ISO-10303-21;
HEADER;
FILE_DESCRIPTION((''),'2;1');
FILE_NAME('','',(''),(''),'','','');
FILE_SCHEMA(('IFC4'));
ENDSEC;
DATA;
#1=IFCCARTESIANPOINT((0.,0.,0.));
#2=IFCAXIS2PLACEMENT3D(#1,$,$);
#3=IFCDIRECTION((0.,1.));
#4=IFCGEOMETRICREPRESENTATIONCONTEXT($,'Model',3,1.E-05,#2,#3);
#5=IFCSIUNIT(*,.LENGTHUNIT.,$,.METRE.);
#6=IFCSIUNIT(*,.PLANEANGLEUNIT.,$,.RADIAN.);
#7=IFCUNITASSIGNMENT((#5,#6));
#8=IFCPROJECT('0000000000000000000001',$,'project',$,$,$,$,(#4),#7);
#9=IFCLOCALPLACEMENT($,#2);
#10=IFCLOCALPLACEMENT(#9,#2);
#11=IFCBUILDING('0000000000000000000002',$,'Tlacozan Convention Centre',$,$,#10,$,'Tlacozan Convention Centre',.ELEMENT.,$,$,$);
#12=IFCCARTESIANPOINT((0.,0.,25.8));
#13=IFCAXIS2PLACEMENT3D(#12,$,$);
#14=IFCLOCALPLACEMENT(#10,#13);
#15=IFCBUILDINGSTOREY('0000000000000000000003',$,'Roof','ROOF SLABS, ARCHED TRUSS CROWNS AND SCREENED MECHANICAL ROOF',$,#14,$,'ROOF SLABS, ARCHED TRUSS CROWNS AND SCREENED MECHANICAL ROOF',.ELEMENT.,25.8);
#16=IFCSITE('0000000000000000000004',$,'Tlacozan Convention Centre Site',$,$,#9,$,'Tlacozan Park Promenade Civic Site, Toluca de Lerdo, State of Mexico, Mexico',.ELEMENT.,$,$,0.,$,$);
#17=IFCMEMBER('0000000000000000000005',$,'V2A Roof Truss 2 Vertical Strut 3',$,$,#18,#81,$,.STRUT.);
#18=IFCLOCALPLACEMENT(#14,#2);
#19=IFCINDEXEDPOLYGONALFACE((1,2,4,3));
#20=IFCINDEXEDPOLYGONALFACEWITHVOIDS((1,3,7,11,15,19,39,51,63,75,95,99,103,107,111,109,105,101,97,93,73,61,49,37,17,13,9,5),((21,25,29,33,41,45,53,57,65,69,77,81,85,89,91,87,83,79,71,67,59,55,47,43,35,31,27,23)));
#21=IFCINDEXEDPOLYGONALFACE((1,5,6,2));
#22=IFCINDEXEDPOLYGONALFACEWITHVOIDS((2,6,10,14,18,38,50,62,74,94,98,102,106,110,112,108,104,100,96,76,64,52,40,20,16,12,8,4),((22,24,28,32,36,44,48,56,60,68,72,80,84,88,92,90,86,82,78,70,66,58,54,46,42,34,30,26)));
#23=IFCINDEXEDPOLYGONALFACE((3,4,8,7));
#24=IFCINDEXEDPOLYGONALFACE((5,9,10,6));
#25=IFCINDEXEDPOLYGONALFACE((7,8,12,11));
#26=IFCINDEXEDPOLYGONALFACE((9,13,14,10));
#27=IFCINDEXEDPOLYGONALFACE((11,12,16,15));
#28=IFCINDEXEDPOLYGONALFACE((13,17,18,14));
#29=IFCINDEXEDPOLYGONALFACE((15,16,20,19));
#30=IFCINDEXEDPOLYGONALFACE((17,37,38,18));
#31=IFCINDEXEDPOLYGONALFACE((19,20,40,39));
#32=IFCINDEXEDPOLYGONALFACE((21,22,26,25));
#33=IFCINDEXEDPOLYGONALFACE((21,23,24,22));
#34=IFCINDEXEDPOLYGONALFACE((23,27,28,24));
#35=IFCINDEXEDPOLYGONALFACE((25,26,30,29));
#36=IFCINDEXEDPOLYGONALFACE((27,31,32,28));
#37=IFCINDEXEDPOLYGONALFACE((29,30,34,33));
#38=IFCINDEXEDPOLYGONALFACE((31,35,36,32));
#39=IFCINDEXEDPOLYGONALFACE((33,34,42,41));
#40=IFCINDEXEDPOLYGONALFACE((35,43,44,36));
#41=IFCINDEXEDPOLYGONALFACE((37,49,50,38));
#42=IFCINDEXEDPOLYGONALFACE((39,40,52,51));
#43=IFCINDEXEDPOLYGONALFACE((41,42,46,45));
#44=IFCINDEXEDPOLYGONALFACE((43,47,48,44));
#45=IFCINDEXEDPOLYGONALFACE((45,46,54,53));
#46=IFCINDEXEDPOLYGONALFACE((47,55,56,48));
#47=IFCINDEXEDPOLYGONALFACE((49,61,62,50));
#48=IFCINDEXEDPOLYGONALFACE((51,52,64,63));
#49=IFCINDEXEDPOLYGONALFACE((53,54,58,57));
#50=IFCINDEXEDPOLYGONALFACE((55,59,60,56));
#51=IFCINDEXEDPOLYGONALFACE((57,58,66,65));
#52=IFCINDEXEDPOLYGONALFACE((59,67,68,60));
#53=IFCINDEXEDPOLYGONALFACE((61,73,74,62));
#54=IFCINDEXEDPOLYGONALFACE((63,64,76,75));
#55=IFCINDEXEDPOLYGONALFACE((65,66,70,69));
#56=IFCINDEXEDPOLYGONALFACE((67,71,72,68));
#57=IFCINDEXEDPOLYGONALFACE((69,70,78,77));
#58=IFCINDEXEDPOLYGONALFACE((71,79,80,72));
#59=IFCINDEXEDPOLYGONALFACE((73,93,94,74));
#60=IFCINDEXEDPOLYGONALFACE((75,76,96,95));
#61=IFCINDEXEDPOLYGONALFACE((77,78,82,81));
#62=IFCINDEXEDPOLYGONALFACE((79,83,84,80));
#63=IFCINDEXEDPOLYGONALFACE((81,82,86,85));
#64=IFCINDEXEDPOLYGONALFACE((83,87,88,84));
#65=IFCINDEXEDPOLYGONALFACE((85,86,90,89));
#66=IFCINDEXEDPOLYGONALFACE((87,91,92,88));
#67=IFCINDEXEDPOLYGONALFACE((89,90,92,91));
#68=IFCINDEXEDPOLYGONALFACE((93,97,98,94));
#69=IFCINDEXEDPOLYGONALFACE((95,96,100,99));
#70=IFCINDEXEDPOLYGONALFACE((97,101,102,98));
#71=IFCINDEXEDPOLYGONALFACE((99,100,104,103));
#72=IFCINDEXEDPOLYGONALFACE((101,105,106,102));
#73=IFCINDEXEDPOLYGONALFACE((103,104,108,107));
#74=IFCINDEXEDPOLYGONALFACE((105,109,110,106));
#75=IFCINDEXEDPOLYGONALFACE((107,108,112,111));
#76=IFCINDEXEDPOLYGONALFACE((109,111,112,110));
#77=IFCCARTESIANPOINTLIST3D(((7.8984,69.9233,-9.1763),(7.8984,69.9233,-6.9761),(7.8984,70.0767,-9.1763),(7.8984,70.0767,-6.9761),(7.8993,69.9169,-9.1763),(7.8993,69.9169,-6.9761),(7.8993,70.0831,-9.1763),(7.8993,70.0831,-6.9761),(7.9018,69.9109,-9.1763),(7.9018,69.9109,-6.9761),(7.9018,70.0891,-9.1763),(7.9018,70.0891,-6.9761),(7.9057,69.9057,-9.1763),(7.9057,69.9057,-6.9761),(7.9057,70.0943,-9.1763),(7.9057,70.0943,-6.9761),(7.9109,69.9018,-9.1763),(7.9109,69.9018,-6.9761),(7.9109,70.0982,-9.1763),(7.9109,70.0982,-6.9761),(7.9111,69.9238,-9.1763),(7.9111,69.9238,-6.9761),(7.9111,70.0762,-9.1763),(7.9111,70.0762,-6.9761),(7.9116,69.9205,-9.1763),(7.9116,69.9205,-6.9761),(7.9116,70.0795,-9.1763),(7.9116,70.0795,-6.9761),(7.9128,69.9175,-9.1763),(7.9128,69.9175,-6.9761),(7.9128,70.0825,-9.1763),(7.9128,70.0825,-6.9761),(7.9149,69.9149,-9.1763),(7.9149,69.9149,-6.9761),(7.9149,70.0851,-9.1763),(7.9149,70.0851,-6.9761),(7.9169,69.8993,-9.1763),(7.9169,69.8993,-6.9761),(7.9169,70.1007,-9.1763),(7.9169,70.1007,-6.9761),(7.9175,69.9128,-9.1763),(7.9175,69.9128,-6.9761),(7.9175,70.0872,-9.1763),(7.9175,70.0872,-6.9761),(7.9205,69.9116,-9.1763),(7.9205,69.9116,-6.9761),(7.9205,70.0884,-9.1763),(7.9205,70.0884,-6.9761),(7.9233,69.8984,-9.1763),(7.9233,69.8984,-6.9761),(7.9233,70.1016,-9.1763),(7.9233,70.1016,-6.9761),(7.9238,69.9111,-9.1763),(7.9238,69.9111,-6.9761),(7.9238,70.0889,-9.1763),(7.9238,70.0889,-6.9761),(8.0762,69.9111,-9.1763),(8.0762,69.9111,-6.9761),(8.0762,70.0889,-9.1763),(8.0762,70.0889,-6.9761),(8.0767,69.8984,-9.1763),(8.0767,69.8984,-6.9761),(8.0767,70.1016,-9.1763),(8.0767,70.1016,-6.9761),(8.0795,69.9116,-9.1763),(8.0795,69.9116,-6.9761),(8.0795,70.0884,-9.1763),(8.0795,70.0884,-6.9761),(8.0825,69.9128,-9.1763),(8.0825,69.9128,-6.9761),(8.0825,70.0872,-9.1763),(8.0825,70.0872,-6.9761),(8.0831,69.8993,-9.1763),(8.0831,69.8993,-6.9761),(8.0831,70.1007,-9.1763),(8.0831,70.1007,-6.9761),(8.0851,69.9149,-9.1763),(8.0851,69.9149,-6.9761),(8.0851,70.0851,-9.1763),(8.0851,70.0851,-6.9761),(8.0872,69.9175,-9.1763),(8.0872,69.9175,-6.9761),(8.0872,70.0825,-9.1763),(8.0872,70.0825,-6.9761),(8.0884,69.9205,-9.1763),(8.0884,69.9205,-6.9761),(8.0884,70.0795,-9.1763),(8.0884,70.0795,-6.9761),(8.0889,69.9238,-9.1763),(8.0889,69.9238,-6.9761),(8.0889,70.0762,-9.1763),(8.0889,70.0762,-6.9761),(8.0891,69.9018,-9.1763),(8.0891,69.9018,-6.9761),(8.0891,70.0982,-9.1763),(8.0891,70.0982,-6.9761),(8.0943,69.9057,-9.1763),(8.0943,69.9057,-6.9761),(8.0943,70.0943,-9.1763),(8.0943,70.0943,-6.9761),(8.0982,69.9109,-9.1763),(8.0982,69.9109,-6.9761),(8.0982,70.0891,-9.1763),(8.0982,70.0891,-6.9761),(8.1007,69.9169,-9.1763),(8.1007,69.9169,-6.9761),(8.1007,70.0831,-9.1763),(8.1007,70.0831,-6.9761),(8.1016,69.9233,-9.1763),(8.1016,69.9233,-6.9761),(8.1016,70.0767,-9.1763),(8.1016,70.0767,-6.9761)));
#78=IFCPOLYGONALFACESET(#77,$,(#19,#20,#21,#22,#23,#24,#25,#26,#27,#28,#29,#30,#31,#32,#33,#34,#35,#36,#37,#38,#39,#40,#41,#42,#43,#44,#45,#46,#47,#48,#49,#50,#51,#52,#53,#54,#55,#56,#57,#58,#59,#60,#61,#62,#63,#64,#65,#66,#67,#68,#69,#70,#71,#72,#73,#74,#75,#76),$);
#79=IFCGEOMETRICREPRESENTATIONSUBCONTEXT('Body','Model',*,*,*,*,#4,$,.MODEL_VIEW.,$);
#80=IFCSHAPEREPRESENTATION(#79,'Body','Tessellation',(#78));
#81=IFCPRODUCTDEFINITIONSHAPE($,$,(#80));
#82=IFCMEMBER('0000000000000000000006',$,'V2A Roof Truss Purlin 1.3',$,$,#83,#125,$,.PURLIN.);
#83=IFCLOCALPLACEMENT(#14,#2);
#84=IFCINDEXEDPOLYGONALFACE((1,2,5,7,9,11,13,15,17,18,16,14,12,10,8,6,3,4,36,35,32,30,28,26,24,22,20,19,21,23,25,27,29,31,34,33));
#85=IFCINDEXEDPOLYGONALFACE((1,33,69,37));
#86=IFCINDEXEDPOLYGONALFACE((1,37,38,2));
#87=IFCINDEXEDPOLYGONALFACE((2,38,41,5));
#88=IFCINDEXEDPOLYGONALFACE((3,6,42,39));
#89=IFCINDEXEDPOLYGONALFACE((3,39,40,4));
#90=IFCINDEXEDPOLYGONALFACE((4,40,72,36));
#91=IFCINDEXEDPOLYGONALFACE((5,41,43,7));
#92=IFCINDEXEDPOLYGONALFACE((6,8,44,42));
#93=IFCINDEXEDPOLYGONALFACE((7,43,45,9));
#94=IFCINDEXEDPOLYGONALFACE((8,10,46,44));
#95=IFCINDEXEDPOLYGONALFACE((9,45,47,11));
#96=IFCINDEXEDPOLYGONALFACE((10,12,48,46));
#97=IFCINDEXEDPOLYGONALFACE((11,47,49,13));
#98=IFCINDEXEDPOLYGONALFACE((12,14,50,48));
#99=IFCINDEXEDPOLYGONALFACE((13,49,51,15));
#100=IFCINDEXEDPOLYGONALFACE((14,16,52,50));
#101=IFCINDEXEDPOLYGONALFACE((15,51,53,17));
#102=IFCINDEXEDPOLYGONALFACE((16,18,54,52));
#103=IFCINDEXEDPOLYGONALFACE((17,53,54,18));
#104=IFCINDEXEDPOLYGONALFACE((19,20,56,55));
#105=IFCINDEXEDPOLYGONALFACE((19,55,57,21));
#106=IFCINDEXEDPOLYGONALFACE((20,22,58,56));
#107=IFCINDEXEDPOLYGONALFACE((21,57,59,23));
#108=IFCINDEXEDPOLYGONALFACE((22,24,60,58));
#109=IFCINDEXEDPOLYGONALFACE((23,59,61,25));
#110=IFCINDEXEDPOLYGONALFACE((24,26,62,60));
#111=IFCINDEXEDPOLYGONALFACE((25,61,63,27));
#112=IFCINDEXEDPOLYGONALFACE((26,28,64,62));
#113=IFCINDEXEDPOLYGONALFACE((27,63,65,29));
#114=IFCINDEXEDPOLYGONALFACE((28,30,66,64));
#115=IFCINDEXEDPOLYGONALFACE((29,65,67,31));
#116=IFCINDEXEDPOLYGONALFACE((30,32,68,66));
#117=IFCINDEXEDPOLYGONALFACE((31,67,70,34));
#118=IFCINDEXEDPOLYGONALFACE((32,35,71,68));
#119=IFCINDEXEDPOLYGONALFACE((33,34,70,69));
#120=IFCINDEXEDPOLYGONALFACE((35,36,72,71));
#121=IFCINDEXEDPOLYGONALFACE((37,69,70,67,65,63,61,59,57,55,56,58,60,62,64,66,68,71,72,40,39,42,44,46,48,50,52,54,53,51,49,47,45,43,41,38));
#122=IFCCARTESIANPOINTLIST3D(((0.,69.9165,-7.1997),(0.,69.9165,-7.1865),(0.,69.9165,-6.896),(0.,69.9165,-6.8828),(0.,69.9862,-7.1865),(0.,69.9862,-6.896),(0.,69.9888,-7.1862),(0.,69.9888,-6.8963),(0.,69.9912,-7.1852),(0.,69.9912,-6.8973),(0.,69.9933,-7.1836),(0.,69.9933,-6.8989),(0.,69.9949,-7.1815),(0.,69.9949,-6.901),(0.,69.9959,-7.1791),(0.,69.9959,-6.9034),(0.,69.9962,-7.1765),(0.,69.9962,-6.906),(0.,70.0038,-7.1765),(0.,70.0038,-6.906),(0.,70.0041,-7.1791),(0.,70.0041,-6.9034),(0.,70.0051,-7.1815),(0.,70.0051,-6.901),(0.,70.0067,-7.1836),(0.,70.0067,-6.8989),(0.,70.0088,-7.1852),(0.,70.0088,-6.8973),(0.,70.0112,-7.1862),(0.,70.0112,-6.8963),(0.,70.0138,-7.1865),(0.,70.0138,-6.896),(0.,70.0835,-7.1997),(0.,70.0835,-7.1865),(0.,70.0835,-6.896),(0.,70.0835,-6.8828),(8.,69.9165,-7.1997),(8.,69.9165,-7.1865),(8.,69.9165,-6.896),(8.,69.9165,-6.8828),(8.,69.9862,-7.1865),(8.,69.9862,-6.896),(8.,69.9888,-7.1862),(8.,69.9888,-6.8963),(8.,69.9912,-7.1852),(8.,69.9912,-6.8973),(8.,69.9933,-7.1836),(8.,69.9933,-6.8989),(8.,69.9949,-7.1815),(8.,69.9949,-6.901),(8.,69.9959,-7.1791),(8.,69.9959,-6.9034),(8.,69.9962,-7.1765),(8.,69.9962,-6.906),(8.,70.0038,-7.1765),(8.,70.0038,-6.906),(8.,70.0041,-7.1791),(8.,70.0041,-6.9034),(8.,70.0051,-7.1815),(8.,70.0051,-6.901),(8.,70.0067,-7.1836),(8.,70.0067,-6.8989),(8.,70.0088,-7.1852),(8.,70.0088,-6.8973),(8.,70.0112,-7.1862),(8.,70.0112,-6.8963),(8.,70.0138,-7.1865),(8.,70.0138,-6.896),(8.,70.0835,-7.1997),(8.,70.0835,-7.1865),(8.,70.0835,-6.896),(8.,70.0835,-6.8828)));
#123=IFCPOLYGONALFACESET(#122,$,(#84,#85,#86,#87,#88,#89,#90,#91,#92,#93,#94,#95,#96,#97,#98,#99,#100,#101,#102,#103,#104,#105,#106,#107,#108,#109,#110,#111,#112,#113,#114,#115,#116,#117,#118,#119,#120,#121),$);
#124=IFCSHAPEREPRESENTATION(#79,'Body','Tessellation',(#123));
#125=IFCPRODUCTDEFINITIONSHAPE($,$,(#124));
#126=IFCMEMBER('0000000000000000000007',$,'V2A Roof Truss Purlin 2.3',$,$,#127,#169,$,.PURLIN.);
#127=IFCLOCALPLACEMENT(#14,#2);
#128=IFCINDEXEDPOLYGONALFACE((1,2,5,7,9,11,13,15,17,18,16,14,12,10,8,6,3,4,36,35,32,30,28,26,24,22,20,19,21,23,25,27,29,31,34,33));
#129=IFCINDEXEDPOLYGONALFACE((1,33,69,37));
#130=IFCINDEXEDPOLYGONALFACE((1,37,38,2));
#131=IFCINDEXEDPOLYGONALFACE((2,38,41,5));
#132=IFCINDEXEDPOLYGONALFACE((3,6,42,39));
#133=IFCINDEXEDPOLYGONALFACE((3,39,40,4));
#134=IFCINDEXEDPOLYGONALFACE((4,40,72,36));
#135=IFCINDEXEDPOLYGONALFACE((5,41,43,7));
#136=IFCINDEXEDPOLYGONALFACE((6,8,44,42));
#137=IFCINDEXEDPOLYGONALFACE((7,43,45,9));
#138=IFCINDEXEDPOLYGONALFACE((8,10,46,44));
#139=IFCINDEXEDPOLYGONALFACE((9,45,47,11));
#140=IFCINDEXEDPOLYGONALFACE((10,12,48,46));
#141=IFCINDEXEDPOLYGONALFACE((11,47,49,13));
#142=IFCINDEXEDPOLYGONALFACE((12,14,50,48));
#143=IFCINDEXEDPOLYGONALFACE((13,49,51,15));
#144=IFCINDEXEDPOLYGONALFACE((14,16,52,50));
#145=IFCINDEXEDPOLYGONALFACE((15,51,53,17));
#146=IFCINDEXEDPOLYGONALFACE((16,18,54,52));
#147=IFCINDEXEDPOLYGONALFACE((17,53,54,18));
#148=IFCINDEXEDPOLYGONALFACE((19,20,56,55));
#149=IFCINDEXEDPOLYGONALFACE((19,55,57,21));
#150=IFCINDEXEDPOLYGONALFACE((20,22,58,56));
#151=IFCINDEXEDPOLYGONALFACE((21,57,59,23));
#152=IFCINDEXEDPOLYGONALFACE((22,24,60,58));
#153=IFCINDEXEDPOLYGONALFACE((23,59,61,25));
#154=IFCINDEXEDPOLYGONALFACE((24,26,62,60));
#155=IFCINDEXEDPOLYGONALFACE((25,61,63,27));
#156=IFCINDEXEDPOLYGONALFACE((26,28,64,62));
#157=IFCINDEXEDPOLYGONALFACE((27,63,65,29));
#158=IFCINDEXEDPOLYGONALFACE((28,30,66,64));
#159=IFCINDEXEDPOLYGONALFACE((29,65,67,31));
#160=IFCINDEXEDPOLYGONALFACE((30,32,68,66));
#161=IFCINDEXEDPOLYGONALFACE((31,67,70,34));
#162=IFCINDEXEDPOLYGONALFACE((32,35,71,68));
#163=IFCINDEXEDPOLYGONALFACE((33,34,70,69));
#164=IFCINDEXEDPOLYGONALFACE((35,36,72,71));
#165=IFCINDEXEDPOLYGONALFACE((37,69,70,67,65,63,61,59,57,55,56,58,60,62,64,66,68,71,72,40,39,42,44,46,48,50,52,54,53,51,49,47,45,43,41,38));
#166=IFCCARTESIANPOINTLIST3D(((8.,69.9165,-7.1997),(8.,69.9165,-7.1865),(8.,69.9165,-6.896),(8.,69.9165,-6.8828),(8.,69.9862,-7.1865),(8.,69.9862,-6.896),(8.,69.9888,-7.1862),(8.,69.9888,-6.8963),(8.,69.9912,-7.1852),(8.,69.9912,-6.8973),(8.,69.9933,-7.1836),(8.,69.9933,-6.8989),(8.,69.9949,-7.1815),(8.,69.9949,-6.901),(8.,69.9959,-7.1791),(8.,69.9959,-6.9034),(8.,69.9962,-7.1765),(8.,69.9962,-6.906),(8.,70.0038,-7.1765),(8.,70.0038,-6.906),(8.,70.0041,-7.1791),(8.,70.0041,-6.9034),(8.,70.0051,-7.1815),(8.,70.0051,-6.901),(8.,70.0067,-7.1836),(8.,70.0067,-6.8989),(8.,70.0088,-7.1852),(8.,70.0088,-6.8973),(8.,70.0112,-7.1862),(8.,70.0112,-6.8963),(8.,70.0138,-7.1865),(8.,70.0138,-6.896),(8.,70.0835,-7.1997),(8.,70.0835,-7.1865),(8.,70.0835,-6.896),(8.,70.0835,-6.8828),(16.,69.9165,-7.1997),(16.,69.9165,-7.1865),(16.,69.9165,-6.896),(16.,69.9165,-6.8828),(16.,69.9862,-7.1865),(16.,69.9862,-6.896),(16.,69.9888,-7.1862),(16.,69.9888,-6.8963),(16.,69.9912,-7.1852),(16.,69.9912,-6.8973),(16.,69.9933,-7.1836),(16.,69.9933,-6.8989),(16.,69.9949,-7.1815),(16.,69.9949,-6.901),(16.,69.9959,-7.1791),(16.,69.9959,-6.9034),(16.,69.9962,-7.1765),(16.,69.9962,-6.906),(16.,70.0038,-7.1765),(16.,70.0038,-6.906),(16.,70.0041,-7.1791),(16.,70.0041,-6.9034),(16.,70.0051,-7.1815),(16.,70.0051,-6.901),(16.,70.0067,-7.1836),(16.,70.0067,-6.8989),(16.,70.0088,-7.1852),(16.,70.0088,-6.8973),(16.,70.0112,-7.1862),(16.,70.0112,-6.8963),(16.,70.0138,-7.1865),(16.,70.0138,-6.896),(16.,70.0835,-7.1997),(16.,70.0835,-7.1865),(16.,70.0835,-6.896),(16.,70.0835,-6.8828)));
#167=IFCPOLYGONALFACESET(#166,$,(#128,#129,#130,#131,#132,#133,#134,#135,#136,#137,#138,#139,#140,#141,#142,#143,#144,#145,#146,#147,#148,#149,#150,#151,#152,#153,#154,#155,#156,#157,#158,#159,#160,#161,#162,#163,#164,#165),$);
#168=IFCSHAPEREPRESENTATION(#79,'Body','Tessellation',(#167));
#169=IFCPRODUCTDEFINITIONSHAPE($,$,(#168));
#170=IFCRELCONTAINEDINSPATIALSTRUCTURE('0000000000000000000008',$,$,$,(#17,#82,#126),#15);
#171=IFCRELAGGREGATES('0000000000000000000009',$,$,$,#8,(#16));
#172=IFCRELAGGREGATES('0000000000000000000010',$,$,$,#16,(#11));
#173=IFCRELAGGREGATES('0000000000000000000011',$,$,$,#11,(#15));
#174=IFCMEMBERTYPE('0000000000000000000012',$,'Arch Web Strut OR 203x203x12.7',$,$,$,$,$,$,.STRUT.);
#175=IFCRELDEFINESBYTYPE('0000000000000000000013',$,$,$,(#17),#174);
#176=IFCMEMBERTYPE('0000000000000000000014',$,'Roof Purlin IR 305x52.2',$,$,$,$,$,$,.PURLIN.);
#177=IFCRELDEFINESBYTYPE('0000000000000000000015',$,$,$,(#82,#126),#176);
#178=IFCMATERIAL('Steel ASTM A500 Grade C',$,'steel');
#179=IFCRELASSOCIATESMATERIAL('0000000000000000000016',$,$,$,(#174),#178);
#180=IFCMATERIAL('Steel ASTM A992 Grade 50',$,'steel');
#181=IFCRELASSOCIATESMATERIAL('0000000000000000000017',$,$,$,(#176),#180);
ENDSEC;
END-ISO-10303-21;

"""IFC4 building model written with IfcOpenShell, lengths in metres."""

from ifc_helpers import new_model, si_unit, direction, frame, origin, origin_2d, place, context, subcontext, project, spatial, hollow_rectangle, i_section, extrude, material, material_profile, profile_set, type_object, element, save


model = new_model("IFC4")

# Units and contexts
model_context = context("Model", 3, precision=1e-05, world=origin(), true_north=direction((0.0, 1.0)))
body_context = subcontext(model_context, "Body", "Model", "MODEL_VIEW")
ifc_project = project(units=[si_unit("LENGTHUNIT", "METRE"), si_unit("PLANEANGLEUNIT", "RADIAN")], contexts=[model_context])

# Site, building, storey
site_placement = place(None, origin())
site = spatial("IfcSite", under=ifc_project, at=site_placement, Name="Tlacozan Convention Centre Site", LongName="Tlacozan Park Promenade Civic Site, Toluca de Lerdo, State of Mexico, Mexico", CompositionType="ELEMENT", RefElevation=0.0)
building_placement = place(site_placement, origin())
building = spatial("IfcBuilding", under=site, at=building_placement, Name="Tlacozan Convention Centre", LongName="Tlacozan Convention Centre", CompositionType="ELEMENT")
storey_placement = place(building_placement, frame((0.0, 0.0, 25.8)))
storey = spatial("IfcBuildingStorey", under=building, at=storey_placement, Name="Roof", Description="ROOF SLABS, ARCHED TRUSS CROWNS AND SCREENED MECHANICAL ROOF", LongName="ROOF SLABS, ARCHED TRUSS CROWNS AND SCREENED MECHANICAL ROOF", CompositionType="ELEMENT", Elevation=25.8)

# Members
ifc_material_1 = material(Name="Steel ASTM A500 Grade C", Category="steel")
ifc_material_profile_1 = material_profile(ifc_material_1, hollow_rectangle(XDim=0.2031, YDim=0.2031, WallThickness=0.0127, InnerFilletRadius=0.0127, OuterFilletRadius=0.0249, at=origin_2d()), Name="OR 203x203x12.7")
ifc_profile_set_1 = profile_set([ifc_material_profile_1], Name="Steel ASTM A500 Grade C")
member_type_1 = type_object("IfcMemberType", Name="Arch Web Strut OR 203x203x12.7", PredefinedType="STRUT", material=ifc_profile_set_1)
for number, where, z_axis, x_axis, name in (
    (1, (8.0, 70.0, -9.1763), (0.0, 0.0, 1.0), (1.0, 0.0, 0.0), "V2A Roof Truss 2 Vertical Strut 3"),
):
    element("IfcMember", number, at=place(storey_placement, frame(where, z_axis=z_axis, x_axis=x_axis)), inside=storey, type_object=member_type_1, Name=name, PredefinedType="STRUT", context=body_context, shape_type="SweptSolid", body=[
        extrude(hollow_rectangle(XDim=0.2031, YDim=0.2031, WallThickness=0.0127, InnerFilletRadius=0.0127, OuterFilletRadius=0.0249, at=origin_2d()), origin(), (0.0, 0.0, 1.0), 2.2002),
    ])
ifc_material_2 = material(Name="Steel ASTM A992 Grade 50", Category="steel")
ifc_material_profile_2 = material_profile(ifc_material_2, i_section(OverallWidth=0.167, OverallDepth=0.3169, WebThickness=0.0076, FlangeThickness=0.0132, FilletRadius=0.01, at=origin_2d()), Name="IR 305x52.2")
ifc_profile_set_2 = profile_set([ifc_material_profile_2], Name="Steel ASTM A992 Grade 50")
member_type_2 = type_object("IfcMemberType", Name="Roof Purlin IR 305x52.2", PredefinedType="PURLIN", material=ifc_profile_set_2)
for number, where, z_axis, x_axis, name in (
    (2, (0.0, 70.0, -7.0413), (1.0, 0.0, 0.0), (0.0, 1.0, 0.0), "V2A Roof Truss Purlin 1.3"),
    (3, (8.0, 70.0, -7.0413), (1.0, 0.0, 0.0), (0.0, 1.0, 0.0), "V2A Roof Truss Purlin 2.3"),
):
    element("IfcMember", number, at=place(storey_placement, frame(where, z_axis=z_axis, x_axis=x_axis)), inside=storey, type_object=member_type_2, Name=name, PredefinedType="PURLIN", context=body_context, shape_type="SweptSolid", body=[
        extrude(i_section(OverallWidth=0.167, OverallDepth=0.3169, WebThickness=0.0076, FlangeThickness=0.0132, FilletRadius=0.01, at=origin_2d()), origin(), (0.0, 0.0, 1.0), 8.0),
    ])

save(model, "model.ifc")
